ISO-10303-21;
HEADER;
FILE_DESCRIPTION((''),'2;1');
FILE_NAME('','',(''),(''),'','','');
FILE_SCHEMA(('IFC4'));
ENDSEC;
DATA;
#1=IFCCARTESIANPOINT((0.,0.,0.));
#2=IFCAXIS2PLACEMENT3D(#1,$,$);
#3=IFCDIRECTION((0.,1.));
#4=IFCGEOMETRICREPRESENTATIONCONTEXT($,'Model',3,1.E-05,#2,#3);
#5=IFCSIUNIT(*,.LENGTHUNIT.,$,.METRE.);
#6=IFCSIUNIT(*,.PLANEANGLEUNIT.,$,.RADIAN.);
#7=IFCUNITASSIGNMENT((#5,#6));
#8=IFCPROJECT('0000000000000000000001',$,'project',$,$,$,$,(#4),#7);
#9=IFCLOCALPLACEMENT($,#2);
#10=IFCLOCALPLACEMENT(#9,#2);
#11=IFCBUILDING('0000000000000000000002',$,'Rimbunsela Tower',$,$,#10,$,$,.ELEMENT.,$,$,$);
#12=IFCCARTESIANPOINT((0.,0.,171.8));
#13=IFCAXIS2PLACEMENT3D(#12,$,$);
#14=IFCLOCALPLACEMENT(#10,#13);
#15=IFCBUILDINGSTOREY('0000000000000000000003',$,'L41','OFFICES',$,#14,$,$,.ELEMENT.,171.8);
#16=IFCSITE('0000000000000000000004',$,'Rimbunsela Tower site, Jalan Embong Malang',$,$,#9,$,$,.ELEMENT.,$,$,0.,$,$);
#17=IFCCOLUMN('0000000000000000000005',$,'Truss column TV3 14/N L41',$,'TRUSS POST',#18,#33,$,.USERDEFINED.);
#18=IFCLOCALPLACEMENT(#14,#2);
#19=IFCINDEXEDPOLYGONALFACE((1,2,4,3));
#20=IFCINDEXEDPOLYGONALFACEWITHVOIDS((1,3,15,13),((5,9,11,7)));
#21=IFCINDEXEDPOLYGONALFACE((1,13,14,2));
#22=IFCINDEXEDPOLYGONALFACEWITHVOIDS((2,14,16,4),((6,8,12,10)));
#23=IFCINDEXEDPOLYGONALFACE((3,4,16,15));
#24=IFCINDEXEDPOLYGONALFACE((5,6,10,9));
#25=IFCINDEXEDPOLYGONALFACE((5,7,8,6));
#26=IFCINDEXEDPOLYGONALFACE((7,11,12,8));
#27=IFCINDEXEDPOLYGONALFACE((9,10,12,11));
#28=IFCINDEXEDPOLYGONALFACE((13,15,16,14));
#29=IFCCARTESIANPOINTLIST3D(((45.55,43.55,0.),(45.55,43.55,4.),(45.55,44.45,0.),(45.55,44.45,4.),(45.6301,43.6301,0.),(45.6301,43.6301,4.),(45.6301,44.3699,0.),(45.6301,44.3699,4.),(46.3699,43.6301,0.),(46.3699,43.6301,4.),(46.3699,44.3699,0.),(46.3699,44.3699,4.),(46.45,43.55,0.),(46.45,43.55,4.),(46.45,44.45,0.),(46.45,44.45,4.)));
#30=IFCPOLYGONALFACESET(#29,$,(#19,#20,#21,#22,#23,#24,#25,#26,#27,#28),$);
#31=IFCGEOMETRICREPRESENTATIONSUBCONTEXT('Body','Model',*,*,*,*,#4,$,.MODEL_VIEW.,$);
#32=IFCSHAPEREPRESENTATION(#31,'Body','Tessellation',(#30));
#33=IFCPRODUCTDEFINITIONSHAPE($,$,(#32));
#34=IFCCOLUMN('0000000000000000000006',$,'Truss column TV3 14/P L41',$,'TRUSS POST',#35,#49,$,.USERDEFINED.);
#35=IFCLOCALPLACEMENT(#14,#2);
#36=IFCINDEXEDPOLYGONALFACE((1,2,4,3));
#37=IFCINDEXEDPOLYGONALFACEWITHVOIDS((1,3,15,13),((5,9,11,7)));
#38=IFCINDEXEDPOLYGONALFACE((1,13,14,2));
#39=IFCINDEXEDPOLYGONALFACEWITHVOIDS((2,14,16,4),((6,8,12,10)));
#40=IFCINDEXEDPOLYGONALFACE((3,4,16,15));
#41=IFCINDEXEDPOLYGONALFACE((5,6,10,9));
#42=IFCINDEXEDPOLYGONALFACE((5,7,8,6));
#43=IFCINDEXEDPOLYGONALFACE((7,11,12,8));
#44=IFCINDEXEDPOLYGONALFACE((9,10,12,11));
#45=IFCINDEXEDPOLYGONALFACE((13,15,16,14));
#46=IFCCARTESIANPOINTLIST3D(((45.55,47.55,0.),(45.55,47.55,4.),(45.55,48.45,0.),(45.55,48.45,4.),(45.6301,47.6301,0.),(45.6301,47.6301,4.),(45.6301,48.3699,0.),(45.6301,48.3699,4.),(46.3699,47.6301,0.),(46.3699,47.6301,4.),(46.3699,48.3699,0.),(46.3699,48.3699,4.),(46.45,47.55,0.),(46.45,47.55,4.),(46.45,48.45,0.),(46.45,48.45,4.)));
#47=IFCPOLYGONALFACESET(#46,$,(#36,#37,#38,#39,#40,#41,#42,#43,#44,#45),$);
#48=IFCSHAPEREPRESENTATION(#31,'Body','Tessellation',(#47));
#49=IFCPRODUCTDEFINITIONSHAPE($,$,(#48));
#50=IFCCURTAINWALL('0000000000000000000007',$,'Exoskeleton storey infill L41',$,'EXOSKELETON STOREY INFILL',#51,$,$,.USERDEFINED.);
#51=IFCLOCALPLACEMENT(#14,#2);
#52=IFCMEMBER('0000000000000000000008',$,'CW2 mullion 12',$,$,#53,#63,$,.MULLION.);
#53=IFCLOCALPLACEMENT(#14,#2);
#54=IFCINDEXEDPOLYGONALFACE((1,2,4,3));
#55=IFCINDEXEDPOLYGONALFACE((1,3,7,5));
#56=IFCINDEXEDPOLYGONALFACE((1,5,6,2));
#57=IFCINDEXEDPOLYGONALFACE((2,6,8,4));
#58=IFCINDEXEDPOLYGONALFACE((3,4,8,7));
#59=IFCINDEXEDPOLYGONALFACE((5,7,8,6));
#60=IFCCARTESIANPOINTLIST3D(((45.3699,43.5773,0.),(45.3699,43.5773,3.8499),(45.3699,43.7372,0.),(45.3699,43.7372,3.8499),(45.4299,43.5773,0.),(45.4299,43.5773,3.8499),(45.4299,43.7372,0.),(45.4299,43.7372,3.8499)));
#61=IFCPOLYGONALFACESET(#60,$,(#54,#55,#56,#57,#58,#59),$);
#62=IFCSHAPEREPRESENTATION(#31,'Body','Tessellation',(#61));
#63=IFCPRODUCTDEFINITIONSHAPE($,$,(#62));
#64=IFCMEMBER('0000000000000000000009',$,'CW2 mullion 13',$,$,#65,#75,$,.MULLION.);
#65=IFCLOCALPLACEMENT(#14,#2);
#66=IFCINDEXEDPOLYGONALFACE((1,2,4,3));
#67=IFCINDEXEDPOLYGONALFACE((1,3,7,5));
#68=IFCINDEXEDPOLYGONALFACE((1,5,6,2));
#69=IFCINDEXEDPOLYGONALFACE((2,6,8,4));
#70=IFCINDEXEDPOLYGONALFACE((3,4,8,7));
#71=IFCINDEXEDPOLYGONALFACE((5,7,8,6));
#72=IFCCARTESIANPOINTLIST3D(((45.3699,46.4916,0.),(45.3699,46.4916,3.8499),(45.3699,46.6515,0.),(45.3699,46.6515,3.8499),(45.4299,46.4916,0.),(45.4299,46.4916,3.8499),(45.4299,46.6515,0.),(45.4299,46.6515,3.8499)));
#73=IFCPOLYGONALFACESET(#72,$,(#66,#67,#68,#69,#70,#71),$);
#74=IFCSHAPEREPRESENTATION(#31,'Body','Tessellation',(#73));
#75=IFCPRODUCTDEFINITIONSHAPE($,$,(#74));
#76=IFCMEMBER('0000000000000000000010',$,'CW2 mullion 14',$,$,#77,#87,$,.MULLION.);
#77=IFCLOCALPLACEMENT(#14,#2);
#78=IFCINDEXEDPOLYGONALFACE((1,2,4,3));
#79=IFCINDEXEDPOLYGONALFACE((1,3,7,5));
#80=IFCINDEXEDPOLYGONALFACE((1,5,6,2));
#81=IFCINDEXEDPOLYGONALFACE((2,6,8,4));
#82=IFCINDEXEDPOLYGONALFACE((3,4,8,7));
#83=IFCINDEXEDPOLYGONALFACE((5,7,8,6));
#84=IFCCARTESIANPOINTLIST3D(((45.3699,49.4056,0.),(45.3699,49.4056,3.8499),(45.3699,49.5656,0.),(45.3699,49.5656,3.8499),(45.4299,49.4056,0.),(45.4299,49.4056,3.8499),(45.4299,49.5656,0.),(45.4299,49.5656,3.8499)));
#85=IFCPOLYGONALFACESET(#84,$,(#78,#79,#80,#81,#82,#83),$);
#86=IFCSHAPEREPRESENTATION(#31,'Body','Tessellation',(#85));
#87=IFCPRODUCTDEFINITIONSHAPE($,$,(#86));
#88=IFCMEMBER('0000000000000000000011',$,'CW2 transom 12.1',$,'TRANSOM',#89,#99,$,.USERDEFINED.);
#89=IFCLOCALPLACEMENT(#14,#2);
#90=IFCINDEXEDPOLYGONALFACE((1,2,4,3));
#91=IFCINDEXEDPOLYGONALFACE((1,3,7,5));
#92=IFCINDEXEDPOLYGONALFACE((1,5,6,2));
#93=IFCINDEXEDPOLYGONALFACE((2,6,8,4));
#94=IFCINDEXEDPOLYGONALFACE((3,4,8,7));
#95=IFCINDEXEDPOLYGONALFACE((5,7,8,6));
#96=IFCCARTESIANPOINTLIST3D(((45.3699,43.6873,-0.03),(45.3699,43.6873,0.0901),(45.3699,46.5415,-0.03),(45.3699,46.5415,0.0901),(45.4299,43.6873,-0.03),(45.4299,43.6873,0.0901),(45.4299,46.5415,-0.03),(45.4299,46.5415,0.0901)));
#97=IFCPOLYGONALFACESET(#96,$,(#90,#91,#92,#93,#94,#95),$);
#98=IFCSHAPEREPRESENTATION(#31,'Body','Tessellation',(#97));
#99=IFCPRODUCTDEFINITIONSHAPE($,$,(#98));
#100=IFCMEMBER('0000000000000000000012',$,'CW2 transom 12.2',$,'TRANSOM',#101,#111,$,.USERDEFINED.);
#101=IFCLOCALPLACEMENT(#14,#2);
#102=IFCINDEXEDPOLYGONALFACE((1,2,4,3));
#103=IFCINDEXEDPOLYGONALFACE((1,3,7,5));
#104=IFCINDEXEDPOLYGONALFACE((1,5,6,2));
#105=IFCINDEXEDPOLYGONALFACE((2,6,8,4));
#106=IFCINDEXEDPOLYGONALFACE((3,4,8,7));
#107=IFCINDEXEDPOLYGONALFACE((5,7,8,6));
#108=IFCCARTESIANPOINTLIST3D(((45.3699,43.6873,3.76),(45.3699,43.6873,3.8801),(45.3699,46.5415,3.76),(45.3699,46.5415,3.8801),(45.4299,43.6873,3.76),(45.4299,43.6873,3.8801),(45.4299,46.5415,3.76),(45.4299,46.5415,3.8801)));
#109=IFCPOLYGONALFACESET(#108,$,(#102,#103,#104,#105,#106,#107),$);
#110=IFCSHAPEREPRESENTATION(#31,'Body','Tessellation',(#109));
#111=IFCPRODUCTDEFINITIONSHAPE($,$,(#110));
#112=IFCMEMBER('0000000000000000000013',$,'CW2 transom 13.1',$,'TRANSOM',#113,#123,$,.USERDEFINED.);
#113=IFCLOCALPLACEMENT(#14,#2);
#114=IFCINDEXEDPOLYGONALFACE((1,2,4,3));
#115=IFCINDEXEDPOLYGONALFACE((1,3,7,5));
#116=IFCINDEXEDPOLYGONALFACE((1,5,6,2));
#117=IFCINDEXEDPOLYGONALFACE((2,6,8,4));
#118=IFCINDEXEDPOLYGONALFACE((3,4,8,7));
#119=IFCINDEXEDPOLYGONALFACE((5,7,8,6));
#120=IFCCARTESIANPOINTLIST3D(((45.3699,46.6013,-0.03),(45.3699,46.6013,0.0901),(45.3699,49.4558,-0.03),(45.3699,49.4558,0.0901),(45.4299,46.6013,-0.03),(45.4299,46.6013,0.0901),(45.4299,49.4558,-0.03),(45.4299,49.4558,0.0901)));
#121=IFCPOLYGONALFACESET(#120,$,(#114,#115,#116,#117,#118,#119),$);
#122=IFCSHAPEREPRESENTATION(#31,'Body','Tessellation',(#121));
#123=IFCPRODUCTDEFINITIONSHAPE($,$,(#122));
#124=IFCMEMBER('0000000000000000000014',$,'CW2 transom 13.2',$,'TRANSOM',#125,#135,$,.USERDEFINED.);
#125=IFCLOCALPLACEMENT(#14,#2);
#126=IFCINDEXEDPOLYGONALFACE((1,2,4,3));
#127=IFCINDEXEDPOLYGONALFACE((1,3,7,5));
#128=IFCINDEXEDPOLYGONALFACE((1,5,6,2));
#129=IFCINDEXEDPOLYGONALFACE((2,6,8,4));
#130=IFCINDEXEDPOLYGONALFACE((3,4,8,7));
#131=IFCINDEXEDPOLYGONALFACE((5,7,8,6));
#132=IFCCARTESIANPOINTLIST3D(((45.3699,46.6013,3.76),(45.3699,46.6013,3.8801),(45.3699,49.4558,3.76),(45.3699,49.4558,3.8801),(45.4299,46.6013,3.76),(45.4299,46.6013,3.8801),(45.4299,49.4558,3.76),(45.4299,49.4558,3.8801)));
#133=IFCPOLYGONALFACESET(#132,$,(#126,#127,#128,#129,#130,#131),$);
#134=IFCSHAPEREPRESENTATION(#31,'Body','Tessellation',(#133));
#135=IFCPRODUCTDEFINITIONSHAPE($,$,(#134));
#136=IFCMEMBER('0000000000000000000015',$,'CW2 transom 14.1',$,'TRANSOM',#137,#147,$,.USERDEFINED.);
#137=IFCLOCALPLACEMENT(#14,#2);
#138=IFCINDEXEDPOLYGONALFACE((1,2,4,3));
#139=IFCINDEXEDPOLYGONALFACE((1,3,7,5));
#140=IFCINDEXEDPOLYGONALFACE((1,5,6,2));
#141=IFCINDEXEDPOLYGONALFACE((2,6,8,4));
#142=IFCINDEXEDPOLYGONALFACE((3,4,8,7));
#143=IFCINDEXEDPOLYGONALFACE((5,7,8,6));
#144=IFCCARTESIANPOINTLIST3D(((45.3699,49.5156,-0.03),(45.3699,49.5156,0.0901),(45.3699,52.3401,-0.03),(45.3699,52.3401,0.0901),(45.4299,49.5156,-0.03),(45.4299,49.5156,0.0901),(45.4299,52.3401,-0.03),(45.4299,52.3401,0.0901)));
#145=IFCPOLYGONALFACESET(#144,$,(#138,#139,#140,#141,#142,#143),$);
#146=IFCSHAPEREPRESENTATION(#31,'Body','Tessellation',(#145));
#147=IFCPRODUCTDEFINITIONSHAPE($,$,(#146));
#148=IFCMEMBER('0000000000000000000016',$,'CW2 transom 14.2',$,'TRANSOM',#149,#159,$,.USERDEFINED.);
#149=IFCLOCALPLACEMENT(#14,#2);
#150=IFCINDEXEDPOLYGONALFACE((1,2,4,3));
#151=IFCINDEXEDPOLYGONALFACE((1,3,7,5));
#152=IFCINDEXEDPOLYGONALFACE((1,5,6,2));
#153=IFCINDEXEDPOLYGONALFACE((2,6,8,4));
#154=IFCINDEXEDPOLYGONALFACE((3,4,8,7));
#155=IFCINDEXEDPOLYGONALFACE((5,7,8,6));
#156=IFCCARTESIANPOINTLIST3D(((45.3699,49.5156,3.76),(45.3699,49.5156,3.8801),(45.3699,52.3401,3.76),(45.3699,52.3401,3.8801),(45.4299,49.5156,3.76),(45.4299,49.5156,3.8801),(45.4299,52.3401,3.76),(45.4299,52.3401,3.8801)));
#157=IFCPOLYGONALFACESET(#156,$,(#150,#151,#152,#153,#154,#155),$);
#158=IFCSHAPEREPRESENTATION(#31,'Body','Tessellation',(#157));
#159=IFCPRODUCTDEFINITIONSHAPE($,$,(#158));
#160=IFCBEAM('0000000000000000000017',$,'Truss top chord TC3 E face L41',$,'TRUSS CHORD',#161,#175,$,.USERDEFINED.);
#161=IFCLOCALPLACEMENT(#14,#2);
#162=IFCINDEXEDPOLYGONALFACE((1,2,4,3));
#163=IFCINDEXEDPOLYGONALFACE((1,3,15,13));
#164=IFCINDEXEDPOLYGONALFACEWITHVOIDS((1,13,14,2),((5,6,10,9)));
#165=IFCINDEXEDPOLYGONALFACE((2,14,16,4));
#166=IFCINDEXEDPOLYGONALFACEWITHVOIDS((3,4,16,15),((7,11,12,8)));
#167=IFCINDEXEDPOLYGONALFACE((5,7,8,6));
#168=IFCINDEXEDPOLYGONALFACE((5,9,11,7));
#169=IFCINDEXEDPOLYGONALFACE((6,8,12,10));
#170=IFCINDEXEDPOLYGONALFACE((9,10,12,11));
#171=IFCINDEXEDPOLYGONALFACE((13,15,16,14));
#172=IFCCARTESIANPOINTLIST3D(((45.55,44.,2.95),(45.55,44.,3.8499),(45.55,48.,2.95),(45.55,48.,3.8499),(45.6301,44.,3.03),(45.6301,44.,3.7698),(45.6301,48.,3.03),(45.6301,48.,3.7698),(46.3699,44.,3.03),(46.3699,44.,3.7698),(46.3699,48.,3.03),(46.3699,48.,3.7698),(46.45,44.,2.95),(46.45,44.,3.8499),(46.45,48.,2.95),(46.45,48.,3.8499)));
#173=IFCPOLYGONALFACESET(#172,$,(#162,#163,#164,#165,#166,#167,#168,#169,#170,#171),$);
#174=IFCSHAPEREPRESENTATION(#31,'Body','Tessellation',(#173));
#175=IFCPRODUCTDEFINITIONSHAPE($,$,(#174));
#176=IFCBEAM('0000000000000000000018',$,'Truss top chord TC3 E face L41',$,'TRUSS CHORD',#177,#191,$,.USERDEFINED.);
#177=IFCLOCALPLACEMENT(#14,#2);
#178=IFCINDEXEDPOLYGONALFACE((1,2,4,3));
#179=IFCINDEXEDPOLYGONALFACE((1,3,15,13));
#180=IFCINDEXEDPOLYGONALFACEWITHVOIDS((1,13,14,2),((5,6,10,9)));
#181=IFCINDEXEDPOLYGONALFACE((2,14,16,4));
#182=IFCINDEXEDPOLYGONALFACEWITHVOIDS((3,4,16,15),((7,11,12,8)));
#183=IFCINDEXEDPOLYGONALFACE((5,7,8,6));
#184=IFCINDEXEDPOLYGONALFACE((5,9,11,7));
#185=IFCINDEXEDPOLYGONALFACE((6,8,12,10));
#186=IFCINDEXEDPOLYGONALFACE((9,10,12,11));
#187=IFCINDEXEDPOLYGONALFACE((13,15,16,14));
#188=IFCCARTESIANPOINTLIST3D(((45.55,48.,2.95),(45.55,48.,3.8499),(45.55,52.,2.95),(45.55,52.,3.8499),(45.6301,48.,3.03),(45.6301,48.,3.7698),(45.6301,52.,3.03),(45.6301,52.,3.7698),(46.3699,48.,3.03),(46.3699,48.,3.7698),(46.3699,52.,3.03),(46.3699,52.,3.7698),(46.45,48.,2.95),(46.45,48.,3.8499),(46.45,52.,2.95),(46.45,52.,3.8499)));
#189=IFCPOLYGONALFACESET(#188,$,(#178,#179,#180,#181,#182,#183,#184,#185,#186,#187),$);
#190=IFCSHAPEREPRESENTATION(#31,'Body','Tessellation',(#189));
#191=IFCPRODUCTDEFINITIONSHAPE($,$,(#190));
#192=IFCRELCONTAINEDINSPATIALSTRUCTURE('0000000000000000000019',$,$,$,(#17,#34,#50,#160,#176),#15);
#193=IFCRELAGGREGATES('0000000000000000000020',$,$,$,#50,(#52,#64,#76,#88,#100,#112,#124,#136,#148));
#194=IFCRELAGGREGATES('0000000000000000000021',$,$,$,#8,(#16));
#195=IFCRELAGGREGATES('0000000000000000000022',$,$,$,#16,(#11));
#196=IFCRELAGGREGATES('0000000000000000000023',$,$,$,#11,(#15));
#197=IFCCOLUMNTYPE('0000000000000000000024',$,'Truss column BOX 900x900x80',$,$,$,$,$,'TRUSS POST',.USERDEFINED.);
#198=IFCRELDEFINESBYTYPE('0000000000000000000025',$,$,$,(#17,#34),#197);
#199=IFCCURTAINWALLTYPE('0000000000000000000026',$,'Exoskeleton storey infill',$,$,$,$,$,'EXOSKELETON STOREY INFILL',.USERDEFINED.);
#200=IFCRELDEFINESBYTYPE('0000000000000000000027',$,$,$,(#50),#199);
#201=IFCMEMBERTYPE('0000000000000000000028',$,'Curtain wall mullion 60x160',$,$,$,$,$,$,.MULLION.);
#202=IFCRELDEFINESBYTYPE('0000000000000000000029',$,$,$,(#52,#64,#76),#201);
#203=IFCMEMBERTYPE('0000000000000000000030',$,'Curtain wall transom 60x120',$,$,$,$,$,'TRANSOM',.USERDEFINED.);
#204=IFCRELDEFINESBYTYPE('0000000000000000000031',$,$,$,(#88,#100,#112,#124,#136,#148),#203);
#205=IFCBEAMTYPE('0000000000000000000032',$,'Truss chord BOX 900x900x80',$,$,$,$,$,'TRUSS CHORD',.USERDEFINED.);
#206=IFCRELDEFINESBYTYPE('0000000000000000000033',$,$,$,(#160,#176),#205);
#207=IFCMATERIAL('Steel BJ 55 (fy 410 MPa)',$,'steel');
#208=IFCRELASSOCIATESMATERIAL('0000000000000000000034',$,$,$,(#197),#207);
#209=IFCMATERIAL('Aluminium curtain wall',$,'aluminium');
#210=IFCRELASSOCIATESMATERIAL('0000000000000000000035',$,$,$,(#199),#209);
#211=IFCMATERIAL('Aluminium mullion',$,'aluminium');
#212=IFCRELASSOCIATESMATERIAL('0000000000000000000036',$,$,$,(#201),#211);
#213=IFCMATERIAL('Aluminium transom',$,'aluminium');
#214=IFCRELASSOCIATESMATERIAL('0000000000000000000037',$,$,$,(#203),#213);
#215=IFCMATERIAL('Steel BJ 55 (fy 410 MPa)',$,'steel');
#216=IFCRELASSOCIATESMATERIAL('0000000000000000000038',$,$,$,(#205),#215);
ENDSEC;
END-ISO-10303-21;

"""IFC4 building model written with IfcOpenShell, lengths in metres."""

from ifc_helpers import new_model, si_unit, direction, frame, origin, origin_2d, place, context, subcontext, project, spatial, rectangle, hollow_rectangle, extrude, material, material_profile, profile_set, type_object, element, aggregate, save


model = new_model("IFC4")

# Units and contexts
model_context = context("Model", 3, precision=1e-05, world=origin(), true_north=direction((0.0, 1.0)))
body_context = subcontext(model_context, "Body", "Model", "MODEL_VIEW")
ifc_project = project(units=[si_unit("LENGTHUNIT", "METRE"), si_unit("PLANEANGLEUNIT", "RADIAN")], contexts=[model_context])

# Site, building, storey
site_placement = place(None, origin())
site = spatial("IfcSite", under=ifc_project, at=site_placement, Name="Rimbunsela Tower site, Jalan Embong Malang", CompositionType="ELEMENT", RefElevation=0.0)
building_placement = place(site_placement, origin())
building = spatial("IfcBuilding", under=site, at=building_placement, Name="Rimbunsela Tower", CompositionType="ELEMENT")
storey_placement = place(building_placement, frame((0.0, 0.0, 171.8)))
storey = spatial("IfcBuildingStorey", under=building, at=storey_placement, Name="L41", Description="OFFICES", CompositionType="ELEMENT", Elevation=171.8)

# Columns
ifc_material_1 = material(Name="Steel BJ 55 (fy 410 MPa)", Category="steel")
ifc_material_profile_1 = material_profile(ifc_material_1, hollow_rectangle(XDim=0.8999, YDim=0.8999, WallThickness=0.0801, at=origin_2d()), Name="BOX 900x900x80")
ifc_profile_set_1 = profile_set([ifc_material_profile_1], Name="Steel BJ 55 (fy 410 MPa)")
column_type = type_object("IfcColumnType", Name="Truss column BOX 900x900x80", ElementType="TRUSS POST", PredefinedType="USERDEFINED", material=ifc_profile_set_1)
for number, where, z_axis, x_axis, name in (
    (1, (46.0, 44.0, 0.0), (0.0, 0.0, 1.0), (1.0, 0.0, 0.0), "Truss column TV3 14/N L41"),
    (2, (46.0, 48.0, 0.0), (0.0, 0.0, 1.0), (1.0, 0.0, 0.0), "Truss column TV3 14/P L41"),
):
    element("IfcColumn", number, at=place(storey_placement, frame(where, z_axis=z_axis, x_axis=x_axis)), inside=storey, type_object=column_type, Name=name, ObjectType="TRUSS POST", PredefinedType="USERDEFINED", context=body_context, shape_type="SweptSolid", body=[
        extrude(hollow_rectangle(XDim=0.8999, YDim=0.8999, WallThickness=0.0801, at=origin_2d()), origin(), (0.0, 0.0, 1.0), 4.0),
    ])

# Curtain wall, members
ifc_material_2 = material(Name="Aluminium curtain wall", Category="aluminium")
curtain_wall_type = type_object("IfcCurtainWallType", Name="Exoskeleton storey infill", ElementType="EXOSKELETON STOREY INFILL", PredefinedType="USERDEFINED", material=ifc_material_2)
curtain_wall_placement = place(storey_placement, origin())
curtain_wall = element("IfcCurtainWall", 3, at=curtain_wall_placement, inside=storey, type_object=curtain_wall_type, Name="Exoskeleton storey infill L41", ObjectType="EXOSKELETON STOREY INFILL", PredefinedType="USERDEFINED")
ifc_material_3 = material(Name="Aluminium mullion", Category="aluminium")
ifc_material_profile_2 = material_profile(ifc_material_3, rectangle(XDim=0.0601, YDim=0.1599, at=origin_2d()), Name="Mullion 60x160")
ifc_profile_set_2 = profile_set([ifc_material_profile_2], Name="Aluminium mullion")
member_type_1 = type_object("IfcMemberType", Name="Curtain wall mullion 60x160", PredefinedType="MULLION", material=ifc_profile_set_2)
member_1_placement = place(storey_placement, frame((45.3999, 43.6572, 0.0), z_axis=(0.0, 0.0, 1.0), x_axis=(-1.0, 0.0, 0.0)))
member_1 = element("IfcMember", 4, at=member_1_placement, type_object=member_type_1, Name="CW2 mullion 12", PredefinedType="MULLION", context=body_context, shape_type="SweptSolid", body=[
    extrude(rectangle(XDim=0.0601, YDim=0.1599, at=origin_2d()), origin(), (0.0, 0.0, 1.0), 3.8499),
])
member_2_placement = place(storey_placement, frame((45.3999, 46.5715, 0.0), z_axis=(0.0, 0.0, 1.0), x_axis=(-1.0, 0.0, 0.0)))
member_2 = element("IfcMember", 5, at=member_2_placement, type_object=member_type_1, Name="CW2 mullion 13", PredefinedType="MULLION", context=body_context, shape_type="SweptSolid", body=[
    extrude(rectangle(XDim=0.0601, YDim=0.1599, at=origin_2d()), origin(), (0.0, 0.0, 1.0), 3.8499),
])
member_3_placement = place(storey_placement, frame((45.3999, 49.4856, 0.0), z_axis=(0.0, 0.0, 1.0), x_axis=(-1.0, 0.0, 0.0)))
member_3 = element("IfcMember", 6, at=member_3_placement, type_object=member_type_1, Name="CW2 mullion 14", PredefinedType="MULLION", context=body_context, shape_type="SweptSolid", body=[
    extrude(rectangle(XDim=0.0601, YDim=0.1599, at=origin_2d()), origin(), (0.0, 0.0, 1.0), 3.8499),
])
ifc_material_4 = material(Name="Aluminium transom", Category="aluminium")
ifc_material_profile_3 = material_profile(ifc_material_4, rectangle(XDim=0.0601, YDim=0.1201, at=origin_2d()), Name="Transom 60x120")
ifc_profile_set_3 = profile_set([ifc_material_profile_3], Name="Aluminium transom")
member_type_2 = type_object("IfcMemberType", Name="Curtain wall transom 60x120", ElementType="TRANSOM", PredefinedType="USERDEFINED", material=ifc_profile_set_3)
member_4_placement = place(storey_placement, frame((45.3999, 43.6873, 0.03), z_axis=(0.0, 1.0, 0.0), x_axis=(-1.0, 0.0, 0.0)))
member_4 = element("IfcMember", 7, at=member_4_placement, type_object=member_type_2, Name="CW2 transom 12.1", ObjectType="TRANSOM", PredefinedType="USERDEFINED", context=body_context, shape_type="SweptSolid", body=[
    extrude(rectangle(XDim=0.0601, YDim=0.1201, at=origin_2d()), origin(), (0.0, 0.0, 1.0), 2.8542),
])
member_5_placement = place(storey_placement, frame((45.3999, 43.6873, 3.8201), z_axis=(0.0, 1.0, 0.0), x_axis=(-1.0, 0.0, 0.0)))
member_5 = element("IfcMember", 8, at=member_5_placement, type_object=member_type_2, Name="CW2 transom 12.2", ObjectType="TRANSOM", PredefinedType="USERDEFINED", context=body_context, shape_type="SweptSolid", body=[
    extrude(rectangle(XDim=0.0601, YDim=0.1201, at=origin_2d()), origin(), (0.0, 0.0, 1.0), 2.8542),
])
member_6_placement = place(storey_placement, frame((45.3999, 46.6013, 0.03), z_axis=(0.0, 1.0, 0.0), x_axis=(-1.0, 0.0, 0.0)))
member_6 = element("IfcMember", 9, at=member_6_placement, type_object=member_type_2, Name="CW2 transom 13.1", ObjectType="TRANSOM", PredefinedType="USERDEFINED", context=body_context, shape_type="SweptSolid", body=[
    extrude(rectangle(XDim=0.0601, YDim=0.1201, at=origin_2d()), origin(), (0.0, 0.0, 1.0), 2.8545),
])
member_7_placement = place(storey_placement, frame((45.3999, 46.6013, 3.8201), z_axis=(0.0, 1.0, 0.0), x_axis=(-1.0, 0.0, 0.0)))
member_7 = element("IfcMember", 10, at=member_7_placement, type_object=member_type_2, Name="CW2 transom 13.2", ObjectType="TRANSOM", PredefinedType="USERDEFINED", context=body_context, shape_type="SweptSolid", body=[
    extrude(rectangle(XDim=0.0601, YDim=0.1201, at=origin_2d()), origin(), (0.0, 0.0, 1.0), 2.8545),
])
member_8_placement = place(storey_placement, frame((45.3999, 49.5156, 0.03), z_axis=(0.0, 1.0, 0.0), x_axis=(-1.0, 0.0, 0.0)))
member_8 = element("IfcMember", 11, at=member_8_placement, type_object=member_type_2, Name="CW2 transom 14.1", ObjectType="TRANSOM", PredefinedType="USERDEFINED", context=body_context, shape_type="SweptSolid", body=[
    extrude(rectangle(XDim=0.0601, YDim=0.1201, at=origin_2d()), origin(), (0.0, 0.0, 1.0), 2.8245),
])
member_9_placement = place(storey_placement, frame((45.3999, 49.5156, 3.8201), z_axis=(0.0, 1.0, 0.0), x_axis=(-1.0, 0.0, 0.0)))
member_9 = element("IfcMember", 12, at=member_9_placement, type_object=member_type_2, Name="CW2 transom 14.2", ObjectType="TRANSOM", PredefinedType="USERDEFINED", context=body_context, shape_type="SweptSolid", body=[
    extrude(rectangle(XDim=0.0601, YDim=0.1201, at=origin_2d()), origin(), (0.0, 0.0, 1.0), 2.8245),
])

# Beams
ifc_material_5 = material(Name="Steel BJ 55 (fy 410 MPa)", Category="steel")
ifc_material_profile_4 = material_profile(ifc_material_5, hollow_rectangle(XDim=0.8999, YDim=0.8999, WallThickness=0.0801, at=origin_2d()), Name="BOX 900x900x80")
ifc_profile_set_4 = profile_set([ifc_material_profile_4], Name="Steel BJ 55 (fy 410 MPa)")
beam_type = type_object("IfcBeamType", Name="Truss chord BOX 900x900x80", ElementType="TRUSS CHORD", PredefinedType="USERDEFINED", material=ifc_profile_set_4)
for number, where, z_axis, x_axis, name in (
    (13, (46.0, 44.0, 3.3999), (0.0, 1.0, 0.0), (-1.0, 0.0, 0.0), "Truss top chord TC3 E face L41"),
    (14, (46.0, 48.0, 3.3999), (0.0, 1.0, 0.0), (-1.0, 0.0, 0.0), "Truss top chord TC3 E face L41"),
):
    element("IfcBeam", number, at=place(storey_placement, frame(where, z_axis=z_axis, x_axis=x_axis)), inside=storey, type_object=beam_type, Name=name, ObjectType="TRUSS CHORD", PredefinedType="USERDEFINED", context=body_context, shape_type="SweptSolid", body=[
        extrude(hollow_rectangle(XDim=0.8999, YDim=0.8999, WallThickness=0.0801, at=origin_2d()), origin(), (0.0, 0.0, 1.0), 4.0),
    ])

aggregate(curtain_wall, [member_1, member_2, member_3, member_4, member_5, member_6, member_7, member_8, member_9])

save(model, "model.ifc")
